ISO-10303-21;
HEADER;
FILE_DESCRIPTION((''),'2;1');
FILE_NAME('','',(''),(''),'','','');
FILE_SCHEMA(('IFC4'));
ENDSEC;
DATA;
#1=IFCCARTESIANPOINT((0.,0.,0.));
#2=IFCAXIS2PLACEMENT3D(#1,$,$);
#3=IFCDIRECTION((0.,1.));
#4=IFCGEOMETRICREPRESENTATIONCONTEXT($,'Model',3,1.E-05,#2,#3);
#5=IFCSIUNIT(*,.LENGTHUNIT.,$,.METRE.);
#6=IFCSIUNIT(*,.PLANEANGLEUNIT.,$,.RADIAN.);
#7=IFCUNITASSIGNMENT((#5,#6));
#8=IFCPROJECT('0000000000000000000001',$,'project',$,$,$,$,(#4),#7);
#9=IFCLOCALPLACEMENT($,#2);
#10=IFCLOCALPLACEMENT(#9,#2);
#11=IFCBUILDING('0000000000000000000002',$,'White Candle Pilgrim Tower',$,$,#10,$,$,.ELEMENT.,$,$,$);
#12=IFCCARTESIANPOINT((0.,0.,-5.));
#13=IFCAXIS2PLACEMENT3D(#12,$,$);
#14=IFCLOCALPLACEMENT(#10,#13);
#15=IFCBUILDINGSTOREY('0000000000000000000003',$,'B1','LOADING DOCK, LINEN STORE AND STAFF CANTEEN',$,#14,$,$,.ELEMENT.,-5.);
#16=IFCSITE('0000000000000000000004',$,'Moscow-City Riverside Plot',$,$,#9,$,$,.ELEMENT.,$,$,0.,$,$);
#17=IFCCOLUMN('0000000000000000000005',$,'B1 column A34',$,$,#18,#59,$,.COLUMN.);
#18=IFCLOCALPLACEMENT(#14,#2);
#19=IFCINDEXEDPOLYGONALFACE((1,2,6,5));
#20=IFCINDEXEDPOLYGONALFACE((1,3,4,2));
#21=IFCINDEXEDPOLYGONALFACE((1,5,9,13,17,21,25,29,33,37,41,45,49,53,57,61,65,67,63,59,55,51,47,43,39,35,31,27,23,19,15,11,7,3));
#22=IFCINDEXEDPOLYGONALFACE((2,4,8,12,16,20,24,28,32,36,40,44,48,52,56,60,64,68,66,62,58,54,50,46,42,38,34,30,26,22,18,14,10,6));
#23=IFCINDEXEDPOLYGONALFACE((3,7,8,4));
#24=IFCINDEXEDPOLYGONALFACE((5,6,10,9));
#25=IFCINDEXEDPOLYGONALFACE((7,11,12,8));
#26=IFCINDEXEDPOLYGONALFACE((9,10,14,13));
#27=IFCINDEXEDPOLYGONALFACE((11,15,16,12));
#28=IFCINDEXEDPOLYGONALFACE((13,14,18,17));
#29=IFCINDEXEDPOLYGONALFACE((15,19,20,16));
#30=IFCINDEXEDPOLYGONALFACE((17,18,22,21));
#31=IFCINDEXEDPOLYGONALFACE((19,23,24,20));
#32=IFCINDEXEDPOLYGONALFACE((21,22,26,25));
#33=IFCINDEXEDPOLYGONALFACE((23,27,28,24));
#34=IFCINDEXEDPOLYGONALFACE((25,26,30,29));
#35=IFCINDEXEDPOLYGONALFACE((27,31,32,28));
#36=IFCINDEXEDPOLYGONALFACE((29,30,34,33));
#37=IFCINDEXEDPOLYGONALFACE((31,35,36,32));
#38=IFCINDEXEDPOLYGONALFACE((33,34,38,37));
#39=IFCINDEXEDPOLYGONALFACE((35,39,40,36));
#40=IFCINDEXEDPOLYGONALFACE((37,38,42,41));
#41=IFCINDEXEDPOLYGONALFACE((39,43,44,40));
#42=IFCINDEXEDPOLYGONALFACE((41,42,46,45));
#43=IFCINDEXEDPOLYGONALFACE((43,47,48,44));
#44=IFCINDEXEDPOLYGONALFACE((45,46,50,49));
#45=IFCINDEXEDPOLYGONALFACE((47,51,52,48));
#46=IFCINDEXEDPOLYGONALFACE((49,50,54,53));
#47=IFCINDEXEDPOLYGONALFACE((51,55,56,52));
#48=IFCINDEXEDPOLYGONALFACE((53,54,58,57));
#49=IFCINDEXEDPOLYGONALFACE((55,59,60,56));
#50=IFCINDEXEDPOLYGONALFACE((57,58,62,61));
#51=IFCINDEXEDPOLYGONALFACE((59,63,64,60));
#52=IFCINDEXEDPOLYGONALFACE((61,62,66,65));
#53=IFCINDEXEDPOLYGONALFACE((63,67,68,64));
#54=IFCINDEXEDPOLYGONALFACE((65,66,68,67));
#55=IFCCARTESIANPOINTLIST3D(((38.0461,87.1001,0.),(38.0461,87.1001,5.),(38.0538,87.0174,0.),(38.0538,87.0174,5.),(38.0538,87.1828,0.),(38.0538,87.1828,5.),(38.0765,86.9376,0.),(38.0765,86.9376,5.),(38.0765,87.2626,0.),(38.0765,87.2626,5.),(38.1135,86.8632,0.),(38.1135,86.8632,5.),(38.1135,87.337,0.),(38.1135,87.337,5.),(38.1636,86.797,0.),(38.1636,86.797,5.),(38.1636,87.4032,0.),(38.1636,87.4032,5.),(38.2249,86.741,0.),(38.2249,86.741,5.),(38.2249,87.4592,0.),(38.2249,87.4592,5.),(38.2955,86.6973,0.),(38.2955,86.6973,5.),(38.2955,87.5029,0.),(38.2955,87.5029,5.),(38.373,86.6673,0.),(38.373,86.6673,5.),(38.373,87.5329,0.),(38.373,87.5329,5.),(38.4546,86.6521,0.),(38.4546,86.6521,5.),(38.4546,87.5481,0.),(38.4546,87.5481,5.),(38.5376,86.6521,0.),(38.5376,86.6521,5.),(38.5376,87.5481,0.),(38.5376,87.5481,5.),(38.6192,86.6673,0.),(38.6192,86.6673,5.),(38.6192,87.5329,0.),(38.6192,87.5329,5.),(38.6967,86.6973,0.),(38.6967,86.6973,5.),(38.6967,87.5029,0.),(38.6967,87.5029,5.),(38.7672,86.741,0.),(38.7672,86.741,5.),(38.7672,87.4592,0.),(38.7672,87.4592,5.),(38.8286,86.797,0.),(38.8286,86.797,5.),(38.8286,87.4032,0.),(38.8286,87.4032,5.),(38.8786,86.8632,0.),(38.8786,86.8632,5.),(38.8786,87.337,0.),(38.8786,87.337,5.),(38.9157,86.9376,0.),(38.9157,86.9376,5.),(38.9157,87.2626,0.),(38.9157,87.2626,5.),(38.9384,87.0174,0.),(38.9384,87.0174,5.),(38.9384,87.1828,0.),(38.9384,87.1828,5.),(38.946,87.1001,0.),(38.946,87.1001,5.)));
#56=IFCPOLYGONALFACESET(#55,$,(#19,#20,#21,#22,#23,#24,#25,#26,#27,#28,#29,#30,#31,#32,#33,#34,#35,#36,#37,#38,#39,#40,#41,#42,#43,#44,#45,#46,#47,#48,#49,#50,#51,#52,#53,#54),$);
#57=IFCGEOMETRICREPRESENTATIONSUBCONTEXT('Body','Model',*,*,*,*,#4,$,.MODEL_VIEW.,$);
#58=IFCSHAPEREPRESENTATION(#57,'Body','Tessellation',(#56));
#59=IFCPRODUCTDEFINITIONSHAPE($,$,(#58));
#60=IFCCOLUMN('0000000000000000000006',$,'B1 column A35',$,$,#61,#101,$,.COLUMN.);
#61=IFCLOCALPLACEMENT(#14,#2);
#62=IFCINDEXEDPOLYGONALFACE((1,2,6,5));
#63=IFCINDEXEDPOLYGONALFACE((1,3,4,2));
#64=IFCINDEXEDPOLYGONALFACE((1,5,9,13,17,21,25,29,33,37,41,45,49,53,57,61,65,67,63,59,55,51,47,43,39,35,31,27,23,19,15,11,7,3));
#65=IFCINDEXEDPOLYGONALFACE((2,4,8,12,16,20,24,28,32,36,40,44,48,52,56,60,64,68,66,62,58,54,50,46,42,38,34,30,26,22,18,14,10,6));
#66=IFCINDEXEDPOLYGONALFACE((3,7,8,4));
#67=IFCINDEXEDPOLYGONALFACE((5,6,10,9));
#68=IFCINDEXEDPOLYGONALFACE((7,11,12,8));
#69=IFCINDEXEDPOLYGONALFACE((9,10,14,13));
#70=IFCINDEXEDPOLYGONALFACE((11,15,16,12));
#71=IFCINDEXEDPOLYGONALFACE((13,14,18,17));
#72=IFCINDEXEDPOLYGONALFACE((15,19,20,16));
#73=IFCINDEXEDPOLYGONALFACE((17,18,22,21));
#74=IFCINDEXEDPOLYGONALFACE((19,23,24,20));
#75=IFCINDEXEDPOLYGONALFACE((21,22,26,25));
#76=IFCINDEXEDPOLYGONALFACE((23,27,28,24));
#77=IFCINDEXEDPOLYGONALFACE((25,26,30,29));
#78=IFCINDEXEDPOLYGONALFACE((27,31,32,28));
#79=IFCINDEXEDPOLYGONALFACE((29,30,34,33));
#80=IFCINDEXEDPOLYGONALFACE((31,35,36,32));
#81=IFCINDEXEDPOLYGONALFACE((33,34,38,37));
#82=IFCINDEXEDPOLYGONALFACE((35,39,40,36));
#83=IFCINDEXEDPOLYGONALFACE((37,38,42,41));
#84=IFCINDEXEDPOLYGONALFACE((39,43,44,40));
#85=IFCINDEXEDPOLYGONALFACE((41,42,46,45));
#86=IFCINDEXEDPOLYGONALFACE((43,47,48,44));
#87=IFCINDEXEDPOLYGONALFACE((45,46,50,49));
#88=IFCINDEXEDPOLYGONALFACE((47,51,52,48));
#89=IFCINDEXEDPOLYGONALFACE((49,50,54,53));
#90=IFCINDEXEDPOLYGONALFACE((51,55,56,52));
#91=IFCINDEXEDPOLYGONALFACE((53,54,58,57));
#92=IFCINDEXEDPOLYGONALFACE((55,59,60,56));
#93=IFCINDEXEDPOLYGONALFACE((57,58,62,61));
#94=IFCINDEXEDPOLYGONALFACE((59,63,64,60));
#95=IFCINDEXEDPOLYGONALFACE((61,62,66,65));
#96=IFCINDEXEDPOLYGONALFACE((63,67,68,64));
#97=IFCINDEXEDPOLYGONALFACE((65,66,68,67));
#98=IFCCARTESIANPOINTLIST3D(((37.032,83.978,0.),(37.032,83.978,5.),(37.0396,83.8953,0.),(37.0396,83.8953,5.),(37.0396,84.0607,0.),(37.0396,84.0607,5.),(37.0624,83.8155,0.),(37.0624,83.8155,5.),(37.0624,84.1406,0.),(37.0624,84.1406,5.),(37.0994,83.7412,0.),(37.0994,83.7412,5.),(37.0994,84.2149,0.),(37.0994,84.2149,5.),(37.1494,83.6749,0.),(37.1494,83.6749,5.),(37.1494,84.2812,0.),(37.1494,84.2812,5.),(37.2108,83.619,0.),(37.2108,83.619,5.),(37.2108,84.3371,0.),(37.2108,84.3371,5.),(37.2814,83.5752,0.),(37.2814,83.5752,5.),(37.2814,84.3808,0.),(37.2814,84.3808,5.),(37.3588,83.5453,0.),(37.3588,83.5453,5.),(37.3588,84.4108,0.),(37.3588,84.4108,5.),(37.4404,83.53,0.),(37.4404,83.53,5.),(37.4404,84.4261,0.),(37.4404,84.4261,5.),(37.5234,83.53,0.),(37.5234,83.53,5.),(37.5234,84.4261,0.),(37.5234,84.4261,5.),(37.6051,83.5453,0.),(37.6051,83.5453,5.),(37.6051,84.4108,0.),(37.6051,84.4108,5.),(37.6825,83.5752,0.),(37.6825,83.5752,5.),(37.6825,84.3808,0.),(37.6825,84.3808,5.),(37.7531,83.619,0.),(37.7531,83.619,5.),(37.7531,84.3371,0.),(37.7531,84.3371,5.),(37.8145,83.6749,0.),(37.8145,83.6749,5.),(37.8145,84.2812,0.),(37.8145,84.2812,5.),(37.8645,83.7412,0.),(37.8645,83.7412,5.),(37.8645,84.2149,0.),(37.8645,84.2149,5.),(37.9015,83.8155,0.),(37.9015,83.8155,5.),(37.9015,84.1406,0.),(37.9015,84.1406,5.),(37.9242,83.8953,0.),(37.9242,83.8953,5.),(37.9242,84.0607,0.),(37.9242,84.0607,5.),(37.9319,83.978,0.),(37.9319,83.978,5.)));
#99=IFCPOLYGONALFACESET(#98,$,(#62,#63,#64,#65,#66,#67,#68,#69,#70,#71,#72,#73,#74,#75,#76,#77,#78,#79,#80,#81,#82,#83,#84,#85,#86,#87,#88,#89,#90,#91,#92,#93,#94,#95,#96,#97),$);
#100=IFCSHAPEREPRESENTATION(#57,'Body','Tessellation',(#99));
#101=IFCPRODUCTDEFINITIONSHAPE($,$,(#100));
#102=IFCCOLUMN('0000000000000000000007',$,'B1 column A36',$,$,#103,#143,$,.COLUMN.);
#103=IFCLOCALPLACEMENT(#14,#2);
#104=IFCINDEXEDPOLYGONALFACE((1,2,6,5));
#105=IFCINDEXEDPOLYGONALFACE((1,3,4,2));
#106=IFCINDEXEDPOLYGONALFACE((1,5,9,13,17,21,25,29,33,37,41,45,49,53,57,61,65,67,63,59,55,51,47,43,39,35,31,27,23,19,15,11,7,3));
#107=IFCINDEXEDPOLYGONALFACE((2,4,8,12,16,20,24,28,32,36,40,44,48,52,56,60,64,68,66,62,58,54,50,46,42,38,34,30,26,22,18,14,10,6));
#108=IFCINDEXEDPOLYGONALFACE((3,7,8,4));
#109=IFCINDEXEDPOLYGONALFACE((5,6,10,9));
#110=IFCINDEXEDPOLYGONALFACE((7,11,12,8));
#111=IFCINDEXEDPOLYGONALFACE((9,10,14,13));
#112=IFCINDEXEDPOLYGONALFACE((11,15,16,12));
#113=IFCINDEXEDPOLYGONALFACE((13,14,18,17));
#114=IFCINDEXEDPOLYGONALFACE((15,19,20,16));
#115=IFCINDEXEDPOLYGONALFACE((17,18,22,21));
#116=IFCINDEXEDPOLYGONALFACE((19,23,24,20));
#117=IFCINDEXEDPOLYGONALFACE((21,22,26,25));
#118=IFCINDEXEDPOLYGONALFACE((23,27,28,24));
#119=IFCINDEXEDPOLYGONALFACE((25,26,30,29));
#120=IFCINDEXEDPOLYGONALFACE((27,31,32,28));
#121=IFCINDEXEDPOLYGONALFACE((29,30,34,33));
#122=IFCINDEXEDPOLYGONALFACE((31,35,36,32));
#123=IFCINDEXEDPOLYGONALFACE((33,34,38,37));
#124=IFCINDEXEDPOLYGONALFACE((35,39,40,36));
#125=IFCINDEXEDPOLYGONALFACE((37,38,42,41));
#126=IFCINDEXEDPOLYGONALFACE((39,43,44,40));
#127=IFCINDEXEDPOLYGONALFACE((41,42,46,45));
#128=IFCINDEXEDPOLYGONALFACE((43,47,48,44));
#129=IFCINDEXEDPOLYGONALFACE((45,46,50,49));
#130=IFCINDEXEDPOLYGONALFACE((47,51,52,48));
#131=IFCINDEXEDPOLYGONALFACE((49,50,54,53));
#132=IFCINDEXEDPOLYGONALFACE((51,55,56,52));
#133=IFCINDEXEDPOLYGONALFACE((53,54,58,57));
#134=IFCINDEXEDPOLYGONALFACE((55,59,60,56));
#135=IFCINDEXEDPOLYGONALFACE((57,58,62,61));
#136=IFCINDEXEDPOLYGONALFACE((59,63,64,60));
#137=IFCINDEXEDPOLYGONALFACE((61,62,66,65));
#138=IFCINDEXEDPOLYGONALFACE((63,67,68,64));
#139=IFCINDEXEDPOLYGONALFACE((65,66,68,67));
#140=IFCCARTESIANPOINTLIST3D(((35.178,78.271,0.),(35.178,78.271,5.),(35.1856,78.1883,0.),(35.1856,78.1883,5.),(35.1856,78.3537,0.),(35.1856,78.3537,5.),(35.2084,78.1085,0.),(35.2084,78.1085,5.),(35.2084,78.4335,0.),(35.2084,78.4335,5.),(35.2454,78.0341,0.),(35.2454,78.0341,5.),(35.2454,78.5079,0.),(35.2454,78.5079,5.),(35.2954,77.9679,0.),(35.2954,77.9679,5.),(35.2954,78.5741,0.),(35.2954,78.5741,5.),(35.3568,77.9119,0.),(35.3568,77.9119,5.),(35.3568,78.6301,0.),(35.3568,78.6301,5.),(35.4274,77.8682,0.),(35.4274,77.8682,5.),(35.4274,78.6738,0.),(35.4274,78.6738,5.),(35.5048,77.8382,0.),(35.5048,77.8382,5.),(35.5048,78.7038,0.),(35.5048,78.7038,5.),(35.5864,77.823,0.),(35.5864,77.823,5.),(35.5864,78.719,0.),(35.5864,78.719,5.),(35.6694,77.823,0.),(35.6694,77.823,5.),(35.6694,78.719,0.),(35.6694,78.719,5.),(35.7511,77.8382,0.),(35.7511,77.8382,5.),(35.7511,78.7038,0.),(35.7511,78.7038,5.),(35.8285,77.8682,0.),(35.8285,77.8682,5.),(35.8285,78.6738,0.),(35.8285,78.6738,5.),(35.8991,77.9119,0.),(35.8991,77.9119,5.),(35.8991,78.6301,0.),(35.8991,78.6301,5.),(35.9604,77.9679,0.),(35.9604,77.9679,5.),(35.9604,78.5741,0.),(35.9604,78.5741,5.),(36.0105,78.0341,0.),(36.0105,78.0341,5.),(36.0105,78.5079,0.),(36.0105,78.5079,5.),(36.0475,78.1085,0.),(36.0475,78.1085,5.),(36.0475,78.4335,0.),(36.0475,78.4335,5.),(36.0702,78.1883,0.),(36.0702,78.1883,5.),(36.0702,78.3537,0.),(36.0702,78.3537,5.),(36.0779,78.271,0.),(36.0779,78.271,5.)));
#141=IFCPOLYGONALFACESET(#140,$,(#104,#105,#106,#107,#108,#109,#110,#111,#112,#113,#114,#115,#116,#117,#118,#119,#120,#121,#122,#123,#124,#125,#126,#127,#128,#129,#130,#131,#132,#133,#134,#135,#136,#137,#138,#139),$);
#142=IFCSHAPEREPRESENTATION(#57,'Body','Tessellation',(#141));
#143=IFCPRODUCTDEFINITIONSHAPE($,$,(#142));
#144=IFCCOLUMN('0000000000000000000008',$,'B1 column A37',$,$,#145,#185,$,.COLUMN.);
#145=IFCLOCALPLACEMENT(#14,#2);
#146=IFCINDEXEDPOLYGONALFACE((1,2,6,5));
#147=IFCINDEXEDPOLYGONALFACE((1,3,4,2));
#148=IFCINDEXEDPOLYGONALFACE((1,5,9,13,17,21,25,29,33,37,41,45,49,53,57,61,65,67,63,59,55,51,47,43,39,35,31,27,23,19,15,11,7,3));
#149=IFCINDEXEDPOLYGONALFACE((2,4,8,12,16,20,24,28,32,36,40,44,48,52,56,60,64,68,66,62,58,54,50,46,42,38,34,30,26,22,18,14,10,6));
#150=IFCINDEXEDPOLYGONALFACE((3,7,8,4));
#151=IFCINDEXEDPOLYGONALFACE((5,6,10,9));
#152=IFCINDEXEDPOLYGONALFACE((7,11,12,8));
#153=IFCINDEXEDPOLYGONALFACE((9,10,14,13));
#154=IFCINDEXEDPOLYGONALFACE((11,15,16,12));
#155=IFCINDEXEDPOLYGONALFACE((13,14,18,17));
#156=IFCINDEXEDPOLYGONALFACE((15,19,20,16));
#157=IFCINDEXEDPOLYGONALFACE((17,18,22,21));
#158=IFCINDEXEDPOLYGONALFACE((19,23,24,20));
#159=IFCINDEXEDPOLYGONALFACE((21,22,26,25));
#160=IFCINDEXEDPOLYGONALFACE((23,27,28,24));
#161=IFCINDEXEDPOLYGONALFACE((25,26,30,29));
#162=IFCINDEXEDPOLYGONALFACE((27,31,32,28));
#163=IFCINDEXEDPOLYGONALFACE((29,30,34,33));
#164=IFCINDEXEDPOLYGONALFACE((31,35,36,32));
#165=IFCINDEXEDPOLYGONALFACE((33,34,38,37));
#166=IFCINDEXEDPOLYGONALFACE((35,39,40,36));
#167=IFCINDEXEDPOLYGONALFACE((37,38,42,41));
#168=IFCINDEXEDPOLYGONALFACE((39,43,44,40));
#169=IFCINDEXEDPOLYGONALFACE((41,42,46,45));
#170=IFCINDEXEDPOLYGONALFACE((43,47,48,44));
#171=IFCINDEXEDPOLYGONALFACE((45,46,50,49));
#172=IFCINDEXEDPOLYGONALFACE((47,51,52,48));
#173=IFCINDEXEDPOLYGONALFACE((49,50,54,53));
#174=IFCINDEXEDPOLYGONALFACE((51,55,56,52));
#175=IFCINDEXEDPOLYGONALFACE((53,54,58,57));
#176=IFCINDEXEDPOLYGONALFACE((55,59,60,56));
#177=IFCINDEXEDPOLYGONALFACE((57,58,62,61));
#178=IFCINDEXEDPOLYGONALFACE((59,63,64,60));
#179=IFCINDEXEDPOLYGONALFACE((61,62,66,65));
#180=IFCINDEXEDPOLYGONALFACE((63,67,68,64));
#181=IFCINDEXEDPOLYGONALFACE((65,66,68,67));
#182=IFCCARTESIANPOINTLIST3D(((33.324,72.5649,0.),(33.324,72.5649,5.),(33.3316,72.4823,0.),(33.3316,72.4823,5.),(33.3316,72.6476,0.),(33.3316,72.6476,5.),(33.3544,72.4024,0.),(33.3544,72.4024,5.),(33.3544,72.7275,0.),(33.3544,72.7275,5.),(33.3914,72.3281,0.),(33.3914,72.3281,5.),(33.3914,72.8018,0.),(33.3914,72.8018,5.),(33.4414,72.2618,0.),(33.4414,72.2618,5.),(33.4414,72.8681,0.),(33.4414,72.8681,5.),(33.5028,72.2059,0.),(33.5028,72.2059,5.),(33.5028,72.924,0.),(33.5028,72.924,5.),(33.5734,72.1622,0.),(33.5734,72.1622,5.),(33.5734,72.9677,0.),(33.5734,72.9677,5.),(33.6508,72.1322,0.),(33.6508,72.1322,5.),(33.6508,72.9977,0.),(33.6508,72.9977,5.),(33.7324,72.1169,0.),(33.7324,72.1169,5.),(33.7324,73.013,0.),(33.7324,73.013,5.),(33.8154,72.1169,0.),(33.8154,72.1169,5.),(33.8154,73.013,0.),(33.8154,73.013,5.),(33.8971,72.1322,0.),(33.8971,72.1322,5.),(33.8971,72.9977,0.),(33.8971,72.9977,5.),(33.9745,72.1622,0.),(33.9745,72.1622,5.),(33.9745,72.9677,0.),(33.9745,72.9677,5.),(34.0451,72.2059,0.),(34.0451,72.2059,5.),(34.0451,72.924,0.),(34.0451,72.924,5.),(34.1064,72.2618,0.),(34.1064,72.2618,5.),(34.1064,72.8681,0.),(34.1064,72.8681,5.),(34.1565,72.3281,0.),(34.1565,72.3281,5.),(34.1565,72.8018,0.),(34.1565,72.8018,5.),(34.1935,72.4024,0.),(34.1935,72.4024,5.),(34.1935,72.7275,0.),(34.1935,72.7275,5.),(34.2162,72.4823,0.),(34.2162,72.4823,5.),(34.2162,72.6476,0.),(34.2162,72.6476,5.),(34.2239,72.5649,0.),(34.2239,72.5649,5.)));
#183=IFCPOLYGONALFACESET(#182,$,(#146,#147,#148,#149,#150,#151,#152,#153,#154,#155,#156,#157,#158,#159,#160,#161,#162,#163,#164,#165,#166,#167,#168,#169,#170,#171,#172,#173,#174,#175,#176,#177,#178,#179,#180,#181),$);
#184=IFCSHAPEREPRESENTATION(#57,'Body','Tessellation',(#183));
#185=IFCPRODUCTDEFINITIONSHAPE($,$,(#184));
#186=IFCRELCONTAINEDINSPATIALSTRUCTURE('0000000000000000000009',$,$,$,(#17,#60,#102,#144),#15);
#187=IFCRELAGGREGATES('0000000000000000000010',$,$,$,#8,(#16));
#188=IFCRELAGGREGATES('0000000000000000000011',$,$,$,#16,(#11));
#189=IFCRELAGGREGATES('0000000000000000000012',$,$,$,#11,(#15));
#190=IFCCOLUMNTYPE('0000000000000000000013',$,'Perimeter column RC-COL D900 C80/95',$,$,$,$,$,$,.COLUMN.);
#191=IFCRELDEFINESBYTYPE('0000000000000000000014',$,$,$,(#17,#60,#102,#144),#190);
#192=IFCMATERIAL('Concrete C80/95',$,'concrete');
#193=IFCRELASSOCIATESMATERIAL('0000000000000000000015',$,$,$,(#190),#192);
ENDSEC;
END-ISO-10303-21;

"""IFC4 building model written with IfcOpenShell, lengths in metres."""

from ifc_helpers import new_model, si_unit, direction, frame, origin, origin_2d, place, context, subcontext, project, spatial, circle, extrude, material, material_profile, profile_set, type_object, element, save


model = new_model("IFC4")

# Units and contexts
model_context = context("Model", 3, precision=1e-05, world=origin(), true_north=direction((0.0, 1.0)))
body_context = subcontext(model_context, "Body", "Model", "MODEL_VIEW")
ifc_project = project(units=[si_unit("LENGTHUNIT", "METRE"), si_unit("PLANEANGLEUNIT", "RADIAN")], contexts=[model_context])

# Site, building, storey
site_placement = place(None, origin())
site = spatial("IfcSite", under=ifc_project, at=site_placement, Name="Moscow-City Riverside Plot", CompositionType="ELEMENT", RefElevation=0.0)
building_placement = place(site_placement, origin())
building = spatial("IfcBuilding", under=site, at=building_placement, Name="White Candle Pilgrim Tower", CompositionType="ELEMENT")
storey_placement = place(building_placement, frame((0.0, 0.0, -5.0)))
storey = spatial("IfcBuildingStorey", under=building, at=storey_placement, Name="B1", Description="LOADING DOCK, LINEN STORE AND STAFF CANTEEN", CompositionType="ELEMENT", Elevation=-5.0)

# Columns
ifc_material_1 = material(Name="Concrete C80/95", Category="concrete")
ifc_material_profile_1 = material_profile(ifc_material_1, circle(Radius=0.45, at=origin_2d()), Name="RC-COL D900")
ifc_profile_set_1 = profile_set([ifc_material_profile_1], Name="Concrete C80/95")
column_type = type_object("IfcColumnType", Name="Perimeter column RC-COL D900 C80/95", PredefinedType="COLUMN", material=ifc_profile_set_1)
for number, where, z_axis, x_axis, name in (
    (1, (38.4961, 87.1001, 0.0), (0.0, 0.0, 1.0), (1.0, 0.0, 0.0), "B1 column A34"),
    (2, (37.4819, 83.978, 0.0), (0.0, 0.0, 1.0), (1.0, 0.0, 0.0), "B1 column A35"),
    (3, (35.6279, 78.271, 0.0), (0.0, 0.0, 1.0), (1.0, 0.0, 0.0), "B1 column A36"),
    (4, (33.7739, 72.5649, 0.0), (0.0, 0.0, 1.0), (1.0, 0.0, 0.0), "B1 column A37"),
):
    element("IfcColumn", number, at=place(storey_placement, frame(where, z_axis=z_axis, x_axis=x_axis)), inside=storey, type_object=column_type, Name=name, PredefinedType="COLUMN", context=body_context, shape_type="SweptSolid", body=[
        extrude(circle(Radius=0.45, at=origin_2d()), origin(), (0.0, 0.0, 1.0), 5.0),
    ])

save(model, "model.ifc")
